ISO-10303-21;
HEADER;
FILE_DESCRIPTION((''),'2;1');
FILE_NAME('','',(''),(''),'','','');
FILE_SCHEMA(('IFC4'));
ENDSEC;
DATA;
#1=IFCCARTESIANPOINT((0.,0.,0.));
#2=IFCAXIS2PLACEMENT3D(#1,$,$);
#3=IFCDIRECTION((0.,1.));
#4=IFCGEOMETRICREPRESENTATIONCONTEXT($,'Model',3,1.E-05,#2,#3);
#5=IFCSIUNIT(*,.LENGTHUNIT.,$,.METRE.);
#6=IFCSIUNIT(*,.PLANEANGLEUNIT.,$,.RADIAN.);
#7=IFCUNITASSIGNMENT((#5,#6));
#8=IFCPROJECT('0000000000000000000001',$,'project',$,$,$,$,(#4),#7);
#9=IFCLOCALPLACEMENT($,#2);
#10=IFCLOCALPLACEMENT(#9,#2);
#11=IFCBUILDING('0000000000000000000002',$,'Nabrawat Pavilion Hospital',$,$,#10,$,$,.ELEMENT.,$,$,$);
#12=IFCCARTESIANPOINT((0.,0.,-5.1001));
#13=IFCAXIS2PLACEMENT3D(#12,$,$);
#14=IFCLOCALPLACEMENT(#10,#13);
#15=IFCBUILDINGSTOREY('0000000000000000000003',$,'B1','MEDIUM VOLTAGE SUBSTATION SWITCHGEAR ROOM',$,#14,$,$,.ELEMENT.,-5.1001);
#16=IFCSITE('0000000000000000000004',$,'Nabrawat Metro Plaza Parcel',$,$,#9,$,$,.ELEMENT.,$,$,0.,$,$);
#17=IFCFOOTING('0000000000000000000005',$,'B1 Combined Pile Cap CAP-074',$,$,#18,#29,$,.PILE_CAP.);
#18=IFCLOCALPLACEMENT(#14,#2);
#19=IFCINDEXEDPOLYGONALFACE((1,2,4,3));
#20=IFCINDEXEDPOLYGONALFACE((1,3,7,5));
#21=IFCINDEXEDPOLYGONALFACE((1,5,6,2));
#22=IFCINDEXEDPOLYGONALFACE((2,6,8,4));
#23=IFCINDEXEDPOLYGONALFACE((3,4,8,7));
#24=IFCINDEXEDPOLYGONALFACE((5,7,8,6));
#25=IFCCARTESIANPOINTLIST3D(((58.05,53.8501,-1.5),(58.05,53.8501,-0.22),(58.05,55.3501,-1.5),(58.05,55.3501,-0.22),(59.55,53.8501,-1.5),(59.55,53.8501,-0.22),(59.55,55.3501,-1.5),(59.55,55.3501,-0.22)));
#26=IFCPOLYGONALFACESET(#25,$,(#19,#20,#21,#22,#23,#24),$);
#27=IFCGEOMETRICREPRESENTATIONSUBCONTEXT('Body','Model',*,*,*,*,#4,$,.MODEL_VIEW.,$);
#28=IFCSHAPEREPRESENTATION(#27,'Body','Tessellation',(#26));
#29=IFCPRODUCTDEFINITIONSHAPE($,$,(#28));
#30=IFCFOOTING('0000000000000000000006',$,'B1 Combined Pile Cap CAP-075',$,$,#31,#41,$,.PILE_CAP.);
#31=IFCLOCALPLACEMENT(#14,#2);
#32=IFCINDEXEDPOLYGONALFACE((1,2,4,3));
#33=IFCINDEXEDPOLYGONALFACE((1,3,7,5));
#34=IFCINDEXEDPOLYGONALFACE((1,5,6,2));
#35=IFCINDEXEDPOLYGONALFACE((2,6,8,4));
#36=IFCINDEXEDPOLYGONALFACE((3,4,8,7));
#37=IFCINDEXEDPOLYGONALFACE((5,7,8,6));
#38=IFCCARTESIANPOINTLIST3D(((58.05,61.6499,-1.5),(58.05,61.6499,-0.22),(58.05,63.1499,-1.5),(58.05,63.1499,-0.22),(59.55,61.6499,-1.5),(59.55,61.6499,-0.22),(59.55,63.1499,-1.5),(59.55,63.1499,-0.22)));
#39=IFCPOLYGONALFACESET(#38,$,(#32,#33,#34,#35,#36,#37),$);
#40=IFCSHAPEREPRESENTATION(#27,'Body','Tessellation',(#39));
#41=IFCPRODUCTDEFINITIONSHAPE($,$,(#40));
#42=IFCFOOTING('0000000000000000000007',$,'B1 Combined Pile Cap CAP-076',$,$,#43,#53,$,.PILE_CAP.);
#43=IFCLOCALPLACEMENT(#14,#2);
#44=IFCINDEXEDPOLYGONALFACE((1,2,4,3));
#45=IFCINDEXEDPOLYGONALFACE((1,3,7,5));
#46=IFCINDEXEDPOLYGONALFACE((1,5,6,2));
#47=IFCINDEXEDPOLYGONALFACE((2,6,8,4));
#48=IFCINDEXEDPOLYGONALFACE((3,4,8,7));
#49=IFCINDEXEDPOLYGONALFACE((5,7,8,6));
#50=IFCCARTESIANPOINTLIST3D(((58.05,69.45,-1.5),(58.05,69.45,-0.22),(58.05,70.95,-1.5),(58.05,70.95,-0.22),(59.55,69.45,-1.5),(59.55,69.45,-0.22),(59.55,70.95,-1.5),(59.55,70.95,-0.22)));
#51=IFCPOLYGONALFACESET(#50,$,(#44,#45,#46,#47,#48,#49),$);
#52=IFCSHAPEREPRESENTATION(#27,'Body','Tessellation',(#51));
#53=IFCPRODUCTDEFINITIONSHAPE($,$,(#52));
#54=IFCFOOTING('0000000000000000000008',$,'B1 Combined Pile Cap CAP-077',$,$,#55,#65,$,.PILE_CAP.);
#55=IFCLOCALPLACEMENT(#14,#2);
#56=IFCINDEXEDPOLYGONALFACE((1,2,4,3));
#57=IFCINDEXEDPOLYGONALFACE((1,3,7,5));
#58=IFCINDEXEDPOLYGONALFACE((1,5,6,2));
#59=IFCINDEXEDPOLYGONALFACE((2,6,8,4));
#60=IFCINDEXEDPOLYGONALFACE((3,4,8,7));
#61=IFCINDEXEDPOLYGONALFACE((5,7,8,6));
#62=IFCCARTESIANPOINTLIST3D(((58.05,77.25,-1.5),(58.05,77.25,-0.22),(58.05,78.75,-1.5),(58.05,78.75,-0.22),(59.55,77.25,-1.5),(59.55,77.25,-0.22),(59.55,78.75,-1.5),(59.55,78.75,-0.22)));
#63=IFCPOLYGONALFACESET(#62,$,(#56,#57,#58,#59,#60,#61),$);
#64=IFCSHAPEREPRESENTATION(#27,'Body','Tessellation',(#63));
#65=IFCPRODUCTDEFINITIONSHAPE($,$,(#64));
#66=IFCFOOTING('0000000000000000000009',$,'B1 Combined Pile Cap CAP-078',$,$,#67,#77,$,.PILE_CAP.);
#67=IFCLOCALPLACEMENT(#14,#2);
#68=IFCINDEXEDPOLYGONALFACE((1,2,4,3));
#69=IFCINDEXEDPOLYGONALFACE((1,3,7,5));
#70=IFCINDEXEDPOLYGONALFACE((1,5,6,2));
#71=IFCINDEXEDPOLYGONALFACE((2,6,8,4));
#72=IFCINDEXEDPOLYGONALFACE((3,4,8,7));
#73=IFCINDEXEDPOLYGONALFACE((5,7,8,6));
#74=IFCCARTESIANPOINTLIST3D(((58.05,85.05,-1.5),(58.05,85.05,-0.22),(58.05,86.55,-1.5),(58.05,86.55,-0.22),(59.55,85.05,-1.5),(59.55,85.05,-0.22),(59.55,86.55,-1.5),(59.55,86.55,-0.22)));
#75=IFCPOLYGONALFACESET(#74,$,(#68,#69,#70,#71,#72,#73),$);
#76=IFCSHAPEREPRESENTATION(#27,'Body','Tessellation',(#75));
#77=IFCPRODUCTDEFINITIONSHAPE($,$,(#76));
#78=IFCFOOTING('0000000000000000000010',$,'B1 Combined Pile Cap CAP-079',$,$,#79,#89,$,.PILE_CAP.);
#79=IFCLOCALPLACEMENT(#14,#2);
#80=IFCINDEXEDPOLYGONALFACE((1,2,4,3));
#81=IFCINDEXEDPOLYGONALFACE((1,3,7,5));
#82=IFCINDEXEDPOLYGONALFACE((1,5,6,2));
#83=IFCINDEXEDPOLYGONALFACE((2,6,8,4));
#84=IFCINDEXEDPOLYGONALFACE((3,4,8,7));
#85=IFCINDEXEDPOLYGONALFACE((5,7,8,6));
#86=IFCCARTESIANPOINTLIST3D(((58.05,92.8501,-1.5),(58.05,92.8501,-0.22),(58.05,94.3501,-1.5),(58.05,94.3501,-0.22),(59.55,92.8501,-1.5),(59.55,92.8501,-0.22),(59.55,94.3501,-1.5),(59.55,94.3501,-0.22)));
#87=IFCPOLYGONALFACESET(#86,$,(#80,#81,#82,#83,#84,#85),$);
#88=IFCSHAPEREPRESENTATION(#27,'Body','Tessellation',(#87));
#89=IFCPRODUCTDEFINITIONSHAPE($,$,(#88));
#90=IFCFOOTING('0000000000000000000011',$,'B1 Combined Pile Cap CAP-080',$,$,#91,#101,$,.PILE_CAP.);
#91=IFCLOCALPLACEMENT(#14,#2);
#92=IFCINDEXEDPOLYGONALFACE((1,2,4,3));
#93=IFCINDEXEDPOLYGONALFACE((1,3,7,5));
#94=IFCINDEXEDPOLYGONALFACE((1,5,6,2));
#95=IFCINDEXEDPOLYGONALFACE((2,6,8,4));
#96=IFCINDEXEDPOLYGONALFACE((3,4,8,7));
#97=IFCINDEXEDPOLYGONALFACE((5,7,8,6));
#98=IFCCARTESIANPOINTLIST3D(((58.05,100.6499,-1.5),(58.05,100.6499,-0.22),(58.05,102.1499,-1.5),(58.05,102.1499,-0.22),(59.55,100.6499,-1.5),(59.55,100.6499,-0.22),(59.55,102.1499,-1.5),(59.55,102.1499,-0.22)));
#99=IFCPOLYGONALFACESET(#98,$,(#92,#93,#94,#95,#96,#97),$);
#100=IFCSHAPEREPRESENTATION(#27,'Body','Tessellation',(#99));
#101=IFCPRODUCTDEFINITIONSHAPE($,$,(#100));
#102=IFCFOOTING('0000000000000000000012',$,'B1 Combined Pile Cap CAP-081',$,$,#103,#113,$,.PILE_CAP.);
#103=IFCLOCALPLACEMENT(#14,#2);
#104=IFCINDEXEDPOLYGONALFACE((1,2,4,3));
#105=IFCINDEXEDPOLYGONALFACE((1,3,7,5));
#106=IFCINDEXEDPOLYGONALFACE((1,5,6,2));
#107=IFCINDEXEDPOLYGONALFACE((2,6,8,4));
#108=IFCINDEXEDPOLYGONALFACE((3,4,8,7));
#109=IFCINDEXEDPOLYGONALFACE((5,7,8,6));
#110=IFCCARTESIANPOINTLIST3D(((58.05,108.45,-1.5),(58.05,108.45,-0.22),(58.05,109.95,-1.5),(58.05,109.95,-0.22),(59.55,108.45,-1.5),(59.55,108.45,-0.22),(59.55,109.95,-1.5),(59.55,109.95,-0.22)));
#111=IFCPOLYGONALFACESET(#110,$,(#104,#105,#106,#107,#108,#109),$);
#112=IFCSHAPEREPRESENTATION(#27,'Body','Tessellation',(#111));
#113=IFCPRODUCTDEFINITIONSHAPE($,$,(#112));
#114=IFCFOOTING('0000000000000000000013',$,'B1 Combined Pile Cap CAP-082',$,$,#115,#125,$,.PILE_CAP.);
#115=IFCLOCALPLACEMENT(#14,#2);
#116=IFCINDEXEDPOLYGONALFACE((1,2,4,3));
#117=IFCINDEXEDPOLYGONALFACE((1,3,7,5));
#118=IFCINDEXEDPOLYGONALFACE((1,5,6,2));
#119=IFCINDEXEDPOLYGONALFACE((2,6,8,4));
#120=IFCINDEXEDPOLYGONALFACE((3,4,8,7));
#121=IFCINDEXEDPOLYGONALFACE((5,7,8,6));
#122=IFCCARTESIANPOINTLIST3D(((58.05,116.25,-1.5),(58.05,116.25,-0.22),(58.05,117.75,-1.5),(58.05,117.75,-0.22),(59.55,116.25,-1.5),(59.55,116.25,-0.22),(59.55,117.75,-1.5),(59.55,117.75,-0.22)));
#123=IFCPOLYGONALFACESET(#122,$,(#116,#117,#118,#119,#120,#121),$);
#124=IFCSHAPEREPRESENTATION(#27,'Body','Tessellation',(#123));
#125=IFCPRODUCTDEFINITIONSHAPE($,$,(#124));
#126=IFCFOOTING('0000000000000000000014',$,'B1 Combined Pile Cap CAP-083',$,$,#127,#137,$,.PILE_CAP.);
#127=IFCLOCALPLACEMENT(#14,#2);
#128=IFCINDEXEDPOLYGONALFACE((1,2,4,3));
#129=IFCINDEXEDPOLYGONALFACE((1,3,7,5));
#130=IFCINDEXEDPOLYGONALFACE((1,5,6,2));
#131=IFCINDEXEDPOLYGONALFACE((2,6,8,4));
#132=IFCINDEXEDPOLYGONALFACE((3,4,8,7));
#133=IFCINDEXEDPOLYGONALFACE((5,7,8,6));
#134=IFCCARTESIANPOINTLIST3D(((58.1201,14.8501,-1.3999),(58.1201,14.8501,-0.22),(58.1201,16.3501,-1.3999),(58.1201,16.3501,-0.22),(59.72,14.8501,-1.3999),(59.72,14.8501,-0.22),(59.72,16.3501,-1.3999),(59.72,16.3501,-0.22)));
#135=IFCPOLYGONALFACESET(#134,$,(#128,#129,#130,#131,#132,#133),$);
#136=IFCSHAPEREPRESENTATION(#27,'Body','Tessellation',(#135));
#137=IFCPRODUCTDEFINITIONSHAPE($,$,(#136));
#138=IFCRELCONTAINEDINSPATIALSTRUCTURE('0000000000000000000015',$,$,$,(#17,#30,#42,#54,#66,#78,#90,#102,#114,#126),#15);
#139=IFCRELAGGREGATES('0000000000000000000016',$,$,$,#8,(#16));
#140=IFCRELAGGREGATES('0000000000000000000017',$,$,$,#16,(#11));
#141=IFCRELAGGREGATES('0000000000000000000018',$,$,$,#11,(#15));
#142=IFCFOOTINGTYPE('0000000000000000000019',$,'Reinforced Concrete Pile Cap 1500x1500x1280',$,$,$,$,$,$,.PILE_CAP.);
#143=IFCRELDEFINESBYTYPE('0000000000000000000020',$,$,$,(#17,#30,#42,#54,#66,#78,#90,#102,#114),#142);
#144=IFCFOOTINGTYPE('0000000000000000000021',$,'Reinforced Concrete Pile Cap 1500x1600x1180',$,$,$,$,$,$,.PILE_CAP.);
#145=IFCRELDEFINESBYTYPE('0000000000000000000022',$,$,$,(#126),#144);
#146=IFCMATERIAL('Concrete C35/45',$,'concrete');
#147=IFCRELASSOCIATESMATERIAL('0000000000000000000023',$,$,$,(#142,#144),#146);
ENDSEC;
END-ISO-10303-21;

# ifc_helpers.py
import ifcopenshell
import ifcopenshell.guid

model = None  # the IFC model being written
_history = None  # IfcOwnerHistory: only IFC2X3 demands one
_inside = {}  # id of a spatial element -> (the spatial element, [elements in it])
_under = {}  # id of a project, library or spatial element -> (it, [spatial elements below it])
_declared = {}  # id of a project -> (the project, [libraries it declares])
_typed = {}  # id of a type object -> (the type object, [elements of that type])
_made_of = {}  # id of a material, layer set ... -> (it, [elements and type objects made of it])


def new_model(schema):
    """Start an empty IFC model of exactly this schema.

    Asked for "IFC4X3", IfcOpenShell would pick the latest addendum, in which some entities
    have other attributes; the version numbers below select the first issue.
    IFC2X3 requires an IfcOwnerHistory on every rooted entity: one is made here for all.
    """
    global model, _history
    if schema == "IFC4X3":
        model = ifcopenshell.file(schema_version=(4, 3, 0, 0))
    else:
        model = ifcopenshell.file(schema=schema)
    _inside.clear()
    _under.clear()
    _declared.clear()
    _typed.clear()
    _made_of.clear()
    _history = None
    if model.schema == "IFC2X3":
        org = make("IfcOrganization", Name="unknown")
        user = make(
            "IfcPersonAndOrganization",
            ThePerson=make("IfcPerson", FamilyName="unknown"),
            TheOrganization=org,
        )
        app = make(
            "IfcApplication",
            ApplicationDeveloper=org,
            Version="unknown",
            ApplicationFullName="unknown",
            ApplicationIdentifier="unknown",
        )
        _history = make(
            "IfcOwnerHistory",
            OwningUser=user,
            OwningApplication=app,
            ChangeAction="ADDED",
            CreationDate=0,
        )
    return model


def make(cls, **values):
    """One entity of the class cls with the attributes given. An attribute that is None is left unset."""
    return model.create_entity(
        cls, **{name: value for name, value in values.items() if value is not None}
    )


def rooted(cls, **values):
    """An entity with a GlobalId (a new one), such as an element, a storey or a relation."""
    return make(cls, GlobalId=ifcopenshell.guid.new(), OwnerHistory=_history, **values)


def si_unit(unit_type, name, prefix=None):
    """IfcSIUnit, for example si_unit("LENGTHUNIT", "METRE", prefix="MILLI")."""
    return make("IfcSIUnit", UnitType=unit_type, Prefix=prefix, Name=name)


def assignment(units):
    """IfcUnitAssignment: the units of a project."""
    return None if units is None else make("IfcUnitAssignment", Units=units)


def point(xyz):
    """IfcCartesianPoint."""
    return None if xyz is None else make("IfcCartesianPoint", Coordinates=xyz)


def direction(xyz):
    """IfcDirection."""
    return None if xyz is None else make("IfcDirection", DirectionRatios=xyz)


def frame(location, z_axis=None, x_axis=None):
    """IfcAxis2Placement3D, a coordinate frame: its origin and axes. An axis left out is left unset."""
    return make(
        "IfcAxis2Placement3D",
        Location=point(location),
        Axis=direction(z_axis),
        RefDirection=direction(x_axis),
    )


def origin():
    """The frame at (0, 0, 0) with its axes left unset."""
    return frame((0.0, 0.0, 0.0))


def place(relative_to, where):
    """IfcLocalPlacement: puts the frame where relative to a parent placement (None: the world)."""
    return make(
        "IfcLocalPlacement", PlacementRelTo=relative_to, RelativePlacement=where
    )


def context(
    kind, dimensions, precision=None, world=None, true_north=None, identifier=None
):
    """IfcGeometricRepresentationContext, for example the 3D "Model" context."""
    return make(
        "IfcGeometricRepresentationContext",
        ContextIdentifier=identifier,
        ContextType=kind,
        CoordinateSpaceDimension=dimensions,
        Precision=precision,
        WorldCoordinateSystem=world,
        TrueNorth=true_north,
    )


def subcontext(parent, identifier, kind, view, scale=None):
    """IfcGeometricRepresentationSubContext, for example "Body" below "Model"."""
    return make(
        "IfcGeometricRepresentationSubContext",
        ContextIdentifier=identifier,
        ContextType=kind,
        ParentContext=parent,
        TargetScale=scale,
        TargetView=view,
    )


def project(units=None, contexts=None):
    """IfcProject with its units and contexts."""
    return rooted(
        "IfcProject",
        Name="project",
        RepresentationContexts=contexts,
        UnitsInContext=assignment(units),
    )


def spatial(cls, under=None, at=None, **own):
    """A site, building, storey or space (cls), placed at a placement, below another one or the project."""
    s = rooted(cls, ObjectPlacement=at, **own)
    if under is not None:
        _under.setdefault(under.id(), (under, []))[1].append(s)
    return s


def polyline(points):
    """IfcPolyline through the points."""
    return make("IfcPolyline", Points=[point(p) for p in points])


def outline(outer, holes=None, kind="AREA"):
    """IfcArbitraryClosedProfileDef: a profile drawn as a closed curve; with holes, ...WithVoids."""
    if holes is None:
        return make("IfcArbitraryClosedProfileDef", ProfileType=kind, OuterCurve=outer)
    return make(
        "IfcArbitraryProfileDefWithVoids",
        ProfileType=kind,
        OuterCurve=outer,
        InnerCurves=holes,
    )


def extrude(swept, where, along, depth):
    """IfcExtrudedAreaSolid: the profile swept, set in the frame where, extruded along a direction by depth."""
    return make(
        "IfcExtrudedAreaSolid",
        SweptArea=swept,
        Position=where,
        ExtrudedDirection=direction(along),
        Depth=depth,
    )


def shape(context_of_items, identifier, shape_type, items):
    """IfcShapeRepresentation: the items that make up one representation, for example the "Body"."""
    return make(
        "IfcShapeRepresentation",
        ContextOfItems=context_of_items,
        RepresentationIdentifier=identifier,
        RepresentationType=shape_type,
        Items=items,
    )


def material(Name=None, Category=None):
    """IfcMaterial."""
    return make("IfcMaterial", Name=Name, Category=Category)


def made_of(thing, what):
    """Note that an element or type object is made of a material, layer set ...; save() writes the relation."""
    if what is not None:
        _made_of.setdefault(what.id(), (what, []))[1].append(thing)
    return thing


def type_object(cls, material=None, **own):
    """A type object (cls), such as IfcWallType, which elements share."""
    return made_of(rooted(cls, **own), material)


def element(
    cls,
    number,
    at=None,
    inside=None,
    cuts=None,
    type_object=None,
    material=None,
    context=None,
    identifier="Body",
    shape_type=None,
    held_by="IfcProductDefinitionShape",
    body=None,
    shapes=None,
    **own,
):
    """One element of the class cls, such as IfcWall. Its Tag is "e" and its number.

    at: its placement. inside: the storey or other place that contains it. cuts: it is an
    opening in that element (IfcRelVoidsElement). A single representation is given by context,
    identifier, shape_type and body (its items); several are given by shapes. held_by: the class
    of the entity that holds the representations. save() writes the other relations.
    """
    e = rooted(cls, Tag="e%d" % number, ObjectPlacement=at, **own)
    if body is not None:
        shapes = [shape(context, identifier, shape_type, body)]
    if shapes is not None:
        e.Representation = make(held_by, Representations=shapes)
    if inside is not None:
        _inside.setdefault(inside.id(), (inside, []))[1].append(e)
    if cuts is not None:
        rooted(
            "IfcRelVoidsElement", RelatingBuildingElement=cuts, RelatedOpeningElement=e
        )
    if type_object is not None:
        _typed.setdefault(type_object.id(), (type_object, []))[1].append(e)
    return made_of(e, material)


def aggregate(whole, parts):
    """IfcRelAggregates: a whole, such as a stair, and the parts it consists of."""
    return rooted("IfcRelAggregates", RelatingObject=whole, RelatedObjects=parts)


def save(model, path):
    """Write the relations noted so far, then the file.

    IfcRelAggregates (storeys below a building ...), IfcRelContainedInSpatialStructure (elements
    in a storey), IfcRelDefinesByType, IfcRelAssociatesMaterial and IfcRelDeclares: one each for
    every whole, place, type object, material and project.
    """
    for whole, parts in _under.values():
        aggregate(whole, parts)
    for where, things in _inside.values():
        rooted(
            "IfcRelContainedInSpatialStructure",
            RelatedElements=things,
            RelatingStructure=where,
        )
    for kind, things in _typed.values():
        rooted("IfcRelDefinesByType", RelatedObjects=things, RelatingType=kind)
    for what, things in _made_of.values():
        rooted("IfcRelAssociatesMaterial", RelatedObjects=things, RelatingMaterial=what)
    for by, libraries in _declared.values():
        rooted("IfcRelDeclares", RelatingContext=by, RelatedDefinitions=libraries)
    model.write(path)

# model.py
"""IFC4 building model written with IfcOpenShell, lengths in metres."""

from ifc_helpers import new_model, si_unit, direction, frame, origin, place, context, subcontext, project, spatial, polyline, outline, extrude, material, type_object, element, save


model = new_model("IFC4")

# Units and contexts
model_context = context("Model", 3, precision=1e-05, world=origin(), true_north=direction((0.0, 1.0)))
body_context = subcontext(model_context, "Body", "Model", "MODEL_VIEW")
ifc_project = project(units=[si_unit("LENGTHUNIT", "METRE"), si_unit("PLANEANGLEUNIT", "RADIAN")], contexts=[model_context])

# Site, building, storey
site_placement = place(None, origin())
site = spatial("IfcSite", under=ifc_project, at=site_placement, Name="Nabrawat Metro Plaza Parcel", CompositionType="ELEMENT", RefElevation=0.0)
building_placement = place(site_placement, origin())
building = spatial("IfcBuilding", under=site, at=building_placement, Name="Nabrawat Pavilion Hospital", CompositionType="ELEMENT")
storey_placement = place(building_placement, frame((0.0, 0.0, -5.1001)))
storey = spatial("IfcBuildingStorey", under=building, at=storey_placement, Name="B1", Description="MEDIUM VOLTAGE SUBSTATION SWITCHGEAR ROOM", CompositionType="ELEMENT", Elevation=-5.1001)

# Footings
ifc_material = material(Name="Concrete C35/45", Category="concrete")
footing_type_1 = type_object("IfcFootingType", Name="Reinforced Concrete Pile Cap 1500x1500x1280", PredefinedType="PILE_CAP", material=ifc_material)
footing_1_placement = place(storey_placement, frame((0.0, 0.0, -1.5)))
element("IfcFooting", 1, at=footing_1_placement, inside=storey, type_object=footing_type_1, Name="B1 Combined Pile Cap CAP-074", PredefinedType="PILE_CAP", context=body_context, shape_type="SweptSolid", body=[
    extrude(outline(polyline([(59.55, 53.8501), (59.55, 55.3501), (58.05, 55.3501), (58.05, 53.8501), (59.55, 53.8501)])), origin(), (0.0, 0.0, 1.0), 1.28),
])
footing_2_placement = place(storey_placement, frame((0.0, 0.0, -1.5)))
element("IfcFooting", 2, at=footing_2_placement, inside=storey, type_object=footing_type_1, Name="B1 Combined Pile Cap CAP-075", PredefinedType="PILE_CAP", context=body_context, shape_type="SweptSolid", body=[
    extrude(outline(polyline([(59.55, 61.6499), (59.55, 63.1499), (58.05, 63.1499), (58.05, 61.6499), (59.55, 61.6499)])), origin(), (0.0, 0.0, 1.0), 1.28),
])
footing_3_placement = place(storey_placement, frame((0.0, 0.0, -1.5)))
element("IfcFooting", 3, at=footing_3_placement, inside=storey, type_object=footing_type_1, Name="B1 Combined Pile Cap CAP-076", PredefinedType="PILE_CAP", context=body_context, shape_type="SweptSolid", body=[
    extrude(outline(polyline([(59.55, 69.45), (59.55, 70.95), (58.05, 70.95), (58.05, 69.45), (59.55, 69.45)])), origin(), (0.0, 0.0, 1.0), 1.28),
])
footing_4_placement = place(storey_placement, frame((0.0, 0.0, -1.5)))
element("IfcFooting", 4, at=footing_4_placement, inside=storey, type_object=footing_type_1, Name="B1 Combined Pile Cap CAP-077", PredefinedType="PILE_CAP", context=body_context, shape_type="SweptSolid", body=[
    extrude(outline(polyline([(59.55, 77.25), (59.55, 78.75), (58.05, 78.75), (58.05, 77.25), (59.55, 77.25)])), origin(), (0.0, 0.0, 1.0), 1.28),
])
footing_5_placement = place(storey_placement, frame((0.0, 0.0, -1.5)))
element("IfcFooting", 5, at=footing_5_placement, inside=storey, type_object=footing_type_1, Name="B1 Combined Pile Cap CAP-078", PredefinedType="PILE_CAP", context=body_context, shape_type="SweptSolid", body=[
    extrude(outline(polyline([(59.55, 85.05), (59.55, 86.55), (58.05, 86.55), (58.05, 85.05), (59.55, 85.05)])), origin(), (0.0, 0.0, 1.0), 1.28),
])
footing_6_placement = place(storey_placement, frame((0.0, 0.0, -1.5)))
element("IfcFooting", 6, at=footing_6_placement, inside=storey, type_object=footing_type_1, Name="B1 Combined Pile Cap CAP-079", PredefinedType="PILE_CAP", context=body_context, shape_type="SweptSolid", body=[
    extrude(outline(polyline([(59.55, 92.8501), (59.55, 94.3501), (58.05, 94.3501), (58.05, 92.8501), (59.55, 92.8501)])), origin(), (0.0, 0.0, 1.0), 1.28),
])
footing_7_placement = place(storey_placement, frame((0.0, 0.0, -1.5)))
element("IfcFooting", 7, at=footing_7_placement, inside=storey, type_object=footing_type_1, Name="B1 Combined Pile Cap CAP-080", PredefinedType="PILE_CAP", context=body_context, shape_type="SweptSolid", body=[
    extrude(outline(polyline([(59.55, 100.6499), (59.55, 102.1499), (58.05, 102.1499), (58.05, 100.6499), (59.55, 100.6499)])), origin(), (0.0, 0.0, 1.0), 1.28),
])
footing_8_placement = place(storey_placement, frame((0.0, 0.0, -1.5)))
element("IfcFooting", 8, at=footing_8_placement, inside=storey, type_object=footing_type_1, Name="B1 Combined Pile Cap CAP-081", PredefinedType="PILE_CAP", context=body_context, shape_type="SweptSolid", body=[
    extrude(outline(polyline([(59.55, 108.45), (59.55, 109.95), (58.05, 109.95), (58.05, 108.45), (59.55, 108.45)])), origin(), (0.0, 0.0, 1.0), 1.28),
])
footing_9_placement = place(storey_placement, frame((0.0, 0.0, -1.5)))
element("IfcFooting", 9, at=footing_9_placement, inside=storey, type_object=footing_type_1, Name="B1 Combined Pile Cap CAP-082", PredefinedType="PILE_CAP", context=body_context, shape_type="SweptSolid", body=[
    extrude(outline(polyline([(59.55, 116.25), (59.55, 117.75), (58.05, 117.75), (58.05, 116.25), (59.55, 116.25)])), origin(), (0.0, 0.0, 1.0), 1.28),
])
footing_type_2 = type_object("IfcFootingType", Name="Reinforced Concrete Pile Cap 1500x1600x1180", PredefinedType="PILE_CAP", material=ifc_material)
footing_10_placement = place(storey_placement, frame((0.0, 0.0, -1.3999)))
element("IfcFooting", 10, at=footing_10_placement, inside=storey, type_object=footing_type_2, Name="B1 Combined Pile Cap CAP-083", PredefinedType="PILE_CAP", context=body_context, shape_type="SweptSolid", body=[
    extrude(outline(polyline([(59.72, 14.8501), (59.72, 16.3501), (58.1201, 16.3501), (58.1201, 14.8501), (59.72, 14.8501)])), origin(), (0.0, 0.0, 1.0), 1.1799),
])

save(model, "model.ifc")
